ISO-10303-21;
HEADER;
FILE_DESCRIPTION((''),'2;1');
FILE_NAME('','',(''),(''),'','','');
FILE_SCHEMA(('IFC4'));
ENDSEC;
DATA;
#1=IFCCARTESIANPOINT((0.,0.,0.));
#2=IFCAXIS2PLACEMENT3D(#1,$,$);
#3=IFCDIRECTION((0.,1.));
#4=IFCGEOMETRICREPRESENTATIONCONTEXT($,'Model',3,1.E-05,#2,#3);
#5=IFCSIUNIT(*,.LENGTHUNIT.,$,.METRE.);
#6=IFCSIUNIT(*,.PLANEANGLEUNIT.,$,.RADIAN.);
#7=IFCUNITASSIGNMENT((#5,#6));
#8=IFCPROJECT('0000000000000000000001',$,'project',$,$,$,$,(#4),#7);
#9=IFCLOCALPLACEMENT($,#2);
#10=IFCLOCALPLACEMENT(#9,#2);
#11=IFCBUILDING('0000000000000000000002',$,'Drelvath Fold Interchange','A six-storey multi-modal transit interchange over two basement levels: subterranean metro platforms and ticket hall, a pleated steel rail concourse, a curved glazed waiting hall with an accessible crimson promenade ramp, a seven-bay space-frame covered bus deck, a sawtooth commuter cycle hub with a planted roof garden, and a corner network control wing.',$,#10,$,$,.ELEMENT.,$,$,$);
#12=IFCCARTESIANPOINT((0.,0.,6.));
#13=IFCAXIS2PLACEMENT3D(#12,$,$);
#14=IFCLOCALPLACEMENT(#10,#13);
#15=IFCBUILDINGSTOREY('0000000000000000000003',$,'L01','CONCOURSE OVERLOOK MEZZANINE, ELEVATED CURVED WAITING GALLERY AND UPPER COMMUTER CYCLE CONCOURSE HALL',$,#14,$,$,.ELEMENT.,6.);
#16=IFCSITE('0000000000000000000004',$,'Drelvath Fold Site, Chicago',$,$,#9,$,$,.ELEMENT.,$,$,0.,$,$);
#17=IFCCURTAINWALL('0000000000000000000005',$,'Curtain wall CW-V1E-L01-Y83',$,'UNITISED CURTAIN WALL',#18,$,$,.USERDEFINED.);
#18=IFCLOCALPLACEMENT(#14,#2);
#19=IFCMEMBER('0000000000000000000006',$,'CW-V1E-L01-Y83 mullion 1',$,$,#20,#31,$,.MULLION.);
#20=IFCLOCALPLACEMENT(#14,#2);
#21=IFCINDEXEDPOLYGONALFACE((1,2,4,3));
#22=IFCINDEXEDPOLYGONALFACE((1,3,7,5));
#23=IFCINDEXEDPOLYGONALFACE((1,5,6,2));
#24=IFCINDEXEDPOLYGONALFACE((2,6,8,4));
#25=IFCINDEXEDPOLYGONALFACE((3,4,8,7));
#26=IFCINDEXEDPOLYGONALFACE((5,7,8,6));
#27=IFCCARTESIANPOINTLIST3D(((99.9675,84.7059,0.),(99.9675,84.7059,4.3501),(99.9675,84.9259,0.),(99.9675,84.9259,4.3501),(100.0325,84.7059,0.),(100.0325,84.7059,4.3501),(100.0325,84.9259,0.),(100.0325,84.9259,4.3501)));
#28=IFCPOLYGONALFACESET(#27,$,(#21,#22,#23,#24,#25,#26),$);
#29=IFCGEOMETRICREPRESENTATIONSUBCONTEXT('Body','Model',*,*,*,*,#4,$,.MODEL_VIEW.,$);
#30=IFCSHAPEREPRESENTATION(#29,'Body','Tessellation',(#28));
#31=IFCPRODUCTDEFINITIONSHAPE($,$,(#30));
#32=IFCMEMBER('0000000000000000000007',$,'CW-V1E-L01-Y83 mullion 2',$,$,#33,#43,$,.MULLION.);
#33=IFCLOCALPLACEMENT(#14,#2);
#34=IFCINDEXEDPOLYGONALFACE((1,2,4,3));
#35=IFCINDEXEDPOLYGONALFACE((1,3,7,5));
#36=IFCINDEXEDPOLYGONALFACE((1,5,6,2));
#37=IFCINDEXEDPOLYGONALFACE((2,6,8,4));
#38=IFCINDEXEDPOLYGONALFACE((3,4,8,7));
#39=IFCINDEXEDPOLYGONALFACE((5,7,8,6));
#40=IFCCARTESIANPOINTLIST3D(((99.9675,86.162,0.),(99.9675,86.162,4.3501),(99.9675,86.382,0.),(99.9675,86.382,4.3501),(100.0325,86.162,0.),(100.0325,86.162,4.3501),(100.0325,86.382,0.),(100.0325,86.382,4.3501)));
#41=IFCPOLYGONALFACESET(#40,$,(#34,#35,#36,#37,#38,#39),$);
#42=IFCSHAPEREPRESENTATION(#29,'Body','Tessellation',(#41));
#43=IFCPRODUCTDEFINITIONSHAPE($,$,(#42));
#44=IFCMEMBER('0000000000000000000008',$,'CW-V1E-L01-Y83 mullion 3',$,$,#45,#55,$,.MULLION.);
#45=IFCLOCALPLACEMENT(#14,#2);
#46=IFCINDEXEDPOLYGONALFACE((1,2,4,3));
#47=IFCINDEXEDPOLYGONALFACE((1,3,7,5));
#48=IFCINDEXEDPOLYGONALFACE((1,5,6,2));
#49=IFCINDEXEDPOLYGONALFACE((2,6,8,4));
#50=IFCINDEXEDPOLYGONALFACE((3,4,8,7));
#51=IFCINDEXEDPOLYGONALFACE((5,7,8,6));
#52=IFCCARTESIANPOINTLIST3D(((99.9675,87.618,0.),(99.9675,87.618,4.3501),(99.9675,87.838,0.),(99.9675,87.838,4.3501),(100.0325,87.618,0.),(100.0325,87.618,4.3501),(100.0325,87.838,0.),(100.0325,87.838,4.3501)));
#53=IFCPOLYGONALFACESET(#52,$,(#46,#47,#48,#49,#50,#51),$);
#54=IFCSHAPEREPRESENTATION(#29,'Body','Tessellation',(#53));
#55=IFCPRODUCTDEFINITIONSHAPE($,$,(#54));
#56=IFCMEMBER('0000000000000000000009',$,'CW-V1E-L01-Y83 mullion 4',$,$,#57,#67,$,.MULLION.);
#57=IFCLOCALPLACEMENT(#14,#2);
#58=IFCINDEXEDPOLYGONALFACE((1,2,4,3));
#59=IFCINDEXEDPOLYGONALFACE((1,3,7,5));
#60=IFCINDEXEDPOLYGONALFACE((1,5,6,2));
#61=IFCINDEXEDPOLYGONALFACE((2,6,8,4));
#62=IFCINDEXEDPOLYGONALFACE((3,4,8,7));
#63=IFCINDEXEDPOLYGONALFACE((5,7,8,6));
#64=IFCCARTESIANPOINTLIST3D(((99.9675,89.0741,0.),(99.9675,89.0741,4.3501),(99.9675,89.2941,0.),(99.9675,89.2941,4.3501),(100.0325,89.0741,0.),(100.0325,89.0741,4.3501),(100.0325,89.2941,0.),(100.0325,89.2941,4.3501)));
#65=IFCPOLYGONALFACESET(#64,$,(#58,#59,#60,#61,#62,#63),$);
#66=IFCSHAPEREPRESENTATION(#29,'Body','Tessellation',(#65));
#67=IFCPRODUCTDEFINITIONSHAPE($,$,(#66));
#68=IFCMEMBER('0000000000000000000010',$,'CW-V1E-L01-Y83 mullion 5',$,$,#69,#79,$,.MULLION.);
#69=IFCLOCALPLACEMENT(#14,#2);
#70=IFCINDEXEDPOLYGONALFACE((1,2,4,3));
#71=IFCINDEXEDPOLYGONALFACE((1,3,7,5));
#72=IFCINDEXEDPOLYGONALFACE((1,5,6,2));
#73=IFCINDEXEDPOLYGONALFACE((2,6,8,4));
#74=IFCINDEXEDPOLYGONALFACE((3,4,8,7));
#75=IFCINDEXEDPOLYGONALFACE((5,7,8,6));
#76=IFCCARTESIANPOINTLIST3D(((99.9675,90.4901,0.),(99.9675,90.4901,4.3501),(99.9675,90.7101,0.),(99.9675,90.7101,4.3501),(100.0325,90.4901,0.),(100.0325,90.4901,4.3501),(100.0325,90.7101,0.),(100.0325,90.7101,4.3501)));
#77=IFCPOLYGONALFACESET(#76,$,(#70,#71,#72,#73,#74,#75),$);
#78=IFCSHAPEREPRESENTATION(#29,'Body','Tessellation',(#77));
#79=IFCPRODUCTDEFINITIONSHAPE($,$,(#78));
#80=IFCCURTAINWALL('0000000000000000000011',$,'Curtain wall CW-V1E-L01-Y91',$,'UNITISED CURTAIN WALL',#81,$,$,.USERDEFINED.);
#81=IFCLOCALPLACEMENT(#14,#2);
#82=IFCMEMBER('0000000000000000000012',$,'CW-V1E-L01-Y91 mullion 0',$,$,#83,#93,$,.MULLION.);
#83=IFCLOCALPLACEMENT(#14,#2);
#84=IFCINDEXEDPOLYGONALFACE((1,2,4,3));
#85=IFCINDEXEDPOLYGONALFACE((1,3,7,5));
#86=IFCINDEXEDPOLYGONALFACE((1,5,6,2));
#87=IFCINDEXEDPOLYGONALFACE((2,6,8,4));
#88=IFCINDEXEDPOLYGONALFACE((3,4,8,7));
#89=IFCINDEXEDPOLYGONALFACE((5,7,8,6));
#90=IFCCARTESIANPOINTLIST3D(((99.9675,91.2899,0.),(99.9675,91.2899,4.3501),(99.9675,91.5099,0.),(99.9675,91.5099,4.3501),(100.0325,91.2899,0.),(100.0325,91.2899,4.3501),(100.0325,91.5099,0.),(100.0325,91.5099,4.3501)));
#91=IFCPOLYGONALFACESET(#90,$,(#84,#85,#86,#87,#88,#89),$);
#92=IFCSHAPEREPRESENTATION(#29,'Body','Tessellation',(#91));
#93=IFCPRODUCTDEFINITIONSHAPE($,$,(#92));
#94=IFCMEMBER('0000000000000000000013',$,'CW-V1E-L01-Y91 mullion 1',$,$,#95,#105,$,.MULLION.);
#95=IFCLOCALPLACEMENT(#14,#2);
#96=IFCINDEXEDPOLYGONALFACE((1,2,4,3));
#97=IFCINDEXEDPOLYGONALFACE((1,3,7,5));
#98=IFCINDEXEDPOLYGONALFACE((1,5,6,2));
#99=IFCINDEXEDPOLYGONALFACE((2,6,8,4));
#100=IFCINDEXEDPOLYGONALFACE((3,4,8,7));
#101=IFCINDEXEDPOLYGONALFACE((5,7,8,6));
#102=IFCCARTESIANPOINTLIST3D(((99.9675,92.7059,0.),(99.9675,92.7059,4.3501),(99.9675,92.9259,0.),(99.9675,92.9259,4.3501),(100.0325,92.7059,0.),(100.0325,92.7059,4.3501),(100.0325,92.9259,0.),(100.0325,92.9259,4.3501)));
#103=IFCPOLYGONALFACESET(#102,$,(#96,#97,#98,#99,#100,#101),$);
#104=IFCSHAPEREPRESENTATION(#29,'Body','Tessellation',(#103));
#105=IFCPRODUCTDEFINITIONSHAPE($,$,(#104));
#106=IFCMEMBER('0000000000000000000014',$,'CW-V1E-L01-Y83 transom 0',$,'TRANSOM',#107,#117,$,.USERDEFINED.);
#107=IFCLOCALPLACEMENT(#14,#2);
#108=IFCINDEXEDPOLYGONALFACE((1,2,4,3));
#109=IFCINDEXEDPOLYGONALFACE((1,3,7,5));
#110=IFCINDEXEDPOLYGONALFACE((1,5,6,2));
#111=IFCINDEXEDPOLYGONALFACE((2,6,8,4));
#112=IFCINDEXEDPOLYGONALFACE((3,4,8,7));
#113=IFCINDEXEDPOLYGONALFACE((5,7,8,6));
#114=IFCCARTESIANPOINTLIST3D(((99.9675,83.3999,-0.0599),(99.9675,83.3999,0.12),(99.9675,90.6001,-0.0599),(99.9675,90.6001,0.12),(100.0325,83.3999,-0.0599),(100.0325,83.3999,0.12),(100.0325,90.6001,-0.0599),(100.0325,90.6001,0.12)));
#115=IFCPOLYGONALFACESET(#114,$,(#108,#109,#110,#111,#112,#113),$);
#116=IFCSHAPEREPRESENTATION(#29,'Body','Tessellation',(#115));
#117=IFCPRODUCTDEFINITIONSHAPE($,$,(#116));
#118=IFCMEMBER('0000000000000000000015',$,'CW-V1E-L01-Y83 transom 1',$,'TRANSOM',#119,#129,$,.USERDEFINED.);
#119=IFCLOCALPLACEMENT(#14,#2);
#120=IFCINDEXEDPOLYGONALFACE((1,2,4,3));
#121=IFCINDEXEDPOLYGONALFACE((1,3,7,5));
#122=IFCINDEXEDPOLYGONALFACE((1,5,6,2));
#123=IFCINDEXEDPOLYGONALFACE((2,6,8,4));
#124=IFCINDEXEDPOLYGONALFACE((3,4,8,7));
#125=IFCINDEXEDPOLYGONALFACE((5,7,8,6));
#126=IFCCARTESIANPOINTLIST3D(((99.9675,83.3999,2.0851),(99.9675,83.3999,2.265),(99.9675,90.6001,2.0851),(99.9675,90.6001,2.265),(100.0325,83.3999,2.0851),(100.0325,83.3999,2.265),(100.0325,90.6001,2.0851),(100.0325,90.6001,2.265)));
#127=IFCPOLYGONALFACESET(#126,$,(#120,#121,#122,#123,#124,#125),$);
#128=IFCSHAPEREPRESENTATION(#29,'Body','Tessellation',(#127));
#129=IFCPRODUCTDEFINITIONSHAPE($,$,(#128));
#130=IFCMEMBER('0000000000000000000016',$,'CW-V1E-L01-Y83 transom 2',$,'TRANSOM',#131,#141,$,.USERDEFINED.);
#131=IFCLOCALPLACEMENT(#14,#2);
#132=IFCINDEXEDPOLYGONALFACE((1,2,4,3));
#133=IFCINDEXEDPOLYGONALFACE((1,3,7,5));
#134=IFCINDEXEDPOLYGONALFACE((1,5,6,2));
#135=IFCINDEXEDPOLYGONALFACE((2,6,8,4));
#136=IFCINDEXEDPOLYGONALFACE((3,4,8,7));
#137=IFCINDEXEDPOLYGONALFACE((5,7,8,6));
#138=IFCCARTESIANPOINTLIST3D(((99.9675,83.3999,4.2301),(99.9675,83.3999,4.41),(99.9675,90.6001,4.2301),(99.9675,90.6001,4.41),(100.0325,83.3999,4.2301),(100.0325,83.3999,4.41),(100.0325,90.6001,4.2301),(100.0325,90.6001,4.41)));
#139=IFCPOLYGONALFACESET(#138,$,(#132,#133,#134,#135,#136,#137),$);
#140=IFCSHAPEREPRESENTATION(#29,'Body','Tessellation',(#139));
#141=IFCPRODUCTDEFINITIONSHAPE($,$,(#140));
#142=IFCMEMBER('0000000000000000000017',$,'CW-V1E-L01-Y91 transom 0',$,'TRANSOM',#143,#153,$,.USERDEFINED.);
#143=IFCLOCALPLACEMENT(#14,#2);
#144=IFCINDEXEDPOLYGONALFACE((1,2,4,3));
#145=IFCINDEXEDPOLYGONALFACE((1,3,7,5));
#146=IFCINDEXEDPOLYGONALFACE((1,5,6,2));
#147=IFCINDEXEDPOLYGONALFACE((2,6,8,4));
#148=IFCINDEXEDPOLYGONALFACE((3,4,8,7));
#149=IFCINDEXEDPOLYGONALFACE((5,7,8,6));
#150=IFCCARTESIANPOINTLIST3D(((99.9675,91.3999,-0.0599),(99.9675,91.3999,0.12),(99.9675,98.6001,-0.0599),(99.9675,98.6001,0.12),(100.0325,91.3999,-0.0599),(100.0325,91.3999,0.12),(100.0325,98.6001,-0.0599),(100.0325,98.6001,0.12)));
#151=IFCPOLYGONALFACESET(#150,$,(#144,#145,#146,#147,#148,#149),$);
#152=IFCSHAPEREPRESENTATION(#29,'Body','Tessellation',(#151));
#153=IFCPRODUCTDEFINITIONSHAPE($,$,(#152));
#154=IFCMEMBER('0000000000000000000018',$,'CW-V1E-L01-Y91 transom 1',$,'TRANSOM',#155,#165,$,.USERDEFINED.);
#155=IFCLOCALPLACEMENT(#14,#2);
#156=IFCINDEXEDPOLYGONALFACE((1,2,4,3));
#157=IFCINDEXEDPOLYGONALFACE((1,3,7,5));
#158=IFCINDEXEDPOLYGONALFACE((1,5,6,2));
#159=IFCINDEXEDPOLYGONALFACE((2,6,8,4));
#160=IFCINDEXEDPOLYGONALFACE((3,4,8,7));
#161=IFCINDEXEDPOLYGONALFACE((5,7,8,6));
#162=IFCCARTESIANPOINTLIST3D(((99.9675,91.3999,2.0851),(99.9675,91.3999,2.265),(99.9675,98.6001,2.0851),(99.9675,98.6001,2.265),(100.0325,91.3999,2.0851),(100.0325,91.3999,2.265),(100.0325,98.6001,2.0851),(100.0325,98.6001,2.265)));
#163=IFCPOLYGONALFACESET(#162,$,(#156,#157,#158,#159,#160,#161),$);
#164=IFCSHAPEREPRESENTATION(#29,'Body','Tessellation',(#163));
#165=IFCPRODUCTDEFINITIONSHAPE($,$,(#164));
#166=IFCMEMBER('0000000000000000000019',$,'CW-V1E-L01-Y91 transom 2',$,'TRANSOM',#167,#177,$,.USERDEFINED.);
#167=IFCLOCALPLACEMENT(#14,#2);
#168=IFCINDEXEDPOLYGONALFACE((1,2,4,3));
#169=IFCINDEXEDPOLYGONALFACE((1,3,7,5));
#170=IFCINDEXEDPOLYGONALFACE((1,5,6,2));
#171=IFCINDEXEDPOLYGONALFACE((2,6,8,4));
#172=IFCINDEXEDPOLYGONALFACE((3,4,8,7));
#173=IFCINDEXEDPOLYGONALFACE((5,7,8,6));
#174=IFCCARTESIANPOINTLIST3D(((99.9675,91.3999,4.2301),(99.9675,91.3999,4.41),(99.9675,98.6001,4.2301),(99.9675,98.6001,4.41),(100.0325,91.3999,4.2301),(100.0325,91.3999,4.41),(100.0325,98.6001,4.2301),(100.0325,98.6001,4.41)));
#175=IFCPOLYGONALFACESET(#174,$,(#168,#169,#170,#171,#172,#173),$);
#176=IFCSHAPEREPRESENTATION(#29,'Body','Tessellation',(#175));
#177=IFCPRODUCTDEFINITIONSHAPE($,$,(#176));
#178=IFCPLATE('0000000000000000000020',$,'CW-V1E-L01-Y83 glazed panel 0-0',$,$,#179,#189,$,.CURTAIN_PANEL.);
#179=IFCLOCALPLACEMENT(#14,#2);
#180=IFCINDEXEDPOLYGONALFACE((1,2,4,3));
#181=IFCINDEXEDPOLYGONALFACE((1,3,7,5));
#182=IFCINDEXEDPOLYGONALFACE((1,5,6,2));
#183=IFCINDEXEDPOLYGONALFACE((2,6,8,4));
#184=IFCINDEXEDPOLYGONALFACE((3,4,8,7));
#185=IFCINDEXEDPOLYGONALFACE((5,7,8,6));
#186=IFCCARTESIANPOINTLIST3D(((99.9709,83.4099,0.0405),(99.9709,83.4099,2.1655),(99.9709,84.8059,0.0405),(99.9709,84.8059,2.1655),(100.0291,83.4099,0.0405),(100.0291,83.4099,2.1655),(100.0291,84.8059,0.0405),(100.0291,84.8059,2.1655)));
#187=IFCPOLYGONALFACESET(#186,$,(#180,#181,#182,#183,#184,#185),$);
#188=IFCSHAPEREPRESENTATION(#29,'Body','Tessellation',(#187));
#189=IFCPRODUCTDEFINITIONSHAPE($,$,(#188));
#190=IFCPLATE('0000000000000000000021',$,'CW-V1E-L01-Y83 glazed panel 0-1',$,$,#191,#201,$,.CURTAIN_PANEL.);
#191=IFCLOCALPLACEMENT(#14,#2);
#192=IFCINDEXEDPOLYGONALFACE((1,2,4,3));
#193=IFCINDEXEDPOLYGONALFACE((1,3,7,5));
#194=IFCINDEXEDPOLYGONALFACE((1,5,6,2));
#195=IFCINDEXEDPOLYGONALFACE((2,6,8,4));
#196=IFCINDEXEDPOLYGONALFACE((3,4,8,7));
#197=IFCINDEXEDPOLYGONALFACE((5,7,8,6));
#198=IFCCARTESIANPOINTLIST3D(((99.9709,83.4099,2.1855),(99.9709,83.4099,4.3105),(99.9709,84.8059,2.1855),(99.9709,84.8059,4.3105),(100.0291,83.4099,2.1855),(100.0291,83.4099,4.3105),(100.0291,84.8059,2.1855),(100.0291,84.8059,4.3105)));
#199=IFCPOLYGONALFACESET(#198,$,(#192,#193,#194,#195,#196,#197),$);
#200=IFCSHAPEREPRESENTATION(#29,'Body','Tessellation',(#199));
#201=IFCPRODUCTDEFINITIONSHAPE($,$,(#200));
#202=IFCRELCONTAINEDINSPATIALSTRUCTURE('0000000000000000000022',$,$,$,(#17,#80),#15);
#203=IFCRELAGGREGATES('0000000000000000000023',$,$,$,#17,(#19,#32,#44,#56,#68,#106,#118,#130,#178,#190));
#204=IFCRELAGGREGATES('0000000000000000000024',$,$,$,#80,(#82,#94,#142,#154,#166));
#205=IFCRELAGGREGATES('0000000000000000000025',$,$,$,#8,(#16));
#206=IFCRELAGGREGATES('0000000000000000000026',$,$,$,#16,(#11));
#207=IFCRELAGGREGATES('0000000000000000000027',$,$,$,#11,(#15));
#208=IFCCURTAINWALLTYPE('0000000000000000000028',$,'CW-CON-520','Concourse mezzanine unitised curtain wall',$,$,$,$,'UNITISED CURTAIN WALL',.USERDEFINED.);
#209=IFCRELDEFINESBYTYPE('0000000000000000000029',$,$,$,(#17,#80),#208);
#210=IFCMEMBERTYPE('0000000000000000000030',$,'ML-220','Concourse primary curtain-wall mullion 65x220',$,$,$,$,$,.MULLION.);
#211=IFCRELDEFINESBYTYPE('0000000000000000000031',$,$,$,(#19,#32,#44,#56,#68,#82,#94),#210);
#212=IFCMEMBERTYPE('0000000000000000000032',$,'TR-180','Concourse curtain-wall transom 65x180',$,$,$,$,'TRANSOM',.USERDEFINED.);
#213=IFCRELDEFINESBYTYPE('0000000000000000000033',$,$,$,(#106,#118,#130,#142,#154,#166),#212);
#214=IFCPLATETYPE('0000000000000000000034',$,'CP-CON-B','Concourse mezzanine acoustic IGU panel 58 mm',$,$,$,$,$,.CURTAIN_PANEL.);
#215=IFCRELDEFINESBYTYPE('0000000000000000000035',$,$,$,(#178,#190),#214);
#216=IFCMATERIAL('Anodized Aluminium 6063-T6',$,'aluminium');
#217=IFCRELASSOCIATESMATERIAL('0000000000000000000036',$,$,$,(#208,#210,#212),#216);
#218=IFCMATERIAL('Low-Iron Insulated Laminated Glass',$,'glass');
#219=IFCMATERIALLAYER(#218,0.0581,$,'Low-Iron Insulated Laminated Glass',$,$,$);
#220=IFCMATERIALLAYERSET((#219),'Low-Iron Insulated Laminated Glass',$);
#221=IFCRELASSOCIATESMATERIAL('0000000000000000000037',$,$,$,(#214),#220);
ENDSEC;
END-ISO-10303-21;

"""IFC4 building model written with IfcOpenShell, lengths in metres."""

from ifc_helpers import new_model, si_unit, direction, frame, origin, origin_2d, place, context, subcontext, project, spatial, rectangle, extrude, material, layer, layer_set, material_profile, profile_set, type_object, element, aggregate, save


model = new_model("IFC4")

# Units and contexts
model_context = context("Model", 3, precision=1e-05, world=origin(), true_north=direction((0.0, 1.0)))
body_context = subcontext(model_context, "Body", "Model", "MODEL_VIEW")
ifc_project = project(units=[si_unit("LENGTHUNIT", "METRE"), si_unit("PLANEANGLEUNIT", "RADIAN")], contexts=[model_context])

# Site, building, storey
site_placement = place(None, origin())
site = spatial("IfcSite", under=ifc_project, at=site_placement, Name="Drelvath Fold Site, Chicago", CompositionType="ELEMENT", RefElevation=0.0)
building_placement = place(site_placement, origin())
building = spatial("IfcBuilding", under=site, at=building_placement, Name="Drelvath Fold Interchange", Description="A six-storey multi-modal transit interchange over two basement levels: subterranean metro platforms and ticket hall, a pleated steel rail concourse, a curved glazed waiting hall with an accessible crimson promenade ramp, a seven-bay space-frame covered bus deck, a sawtooth commuter cycle hub with a planted roof garden, and a corner network control wing.", CompositionType="ELEMENT")
storey_placement = place(building_placement, frame((0.0, 0.0, 6.0)))
storey = spatial("IfcBuildingStorey", under=building, at=storey_placement, Name="L01", Description="CONCOURSE OVERLOOK MEZZANINE, ELEVATED CURVED WAITING GALLERY AND UPPER COMMUTER CYCLE CONCOURSE HALL", CompositionType="ELEMENT", Elevation=6.0)

# Curtain walls, members
ifc_material_1 = material(Name="Anodized Aluminium 6063-T6", Category="aluminium")
curtain_wall_type = type_object("IfcCurtainWallType", Name="CW-CON-520", Description="Concourse mezzanine unitised curtain wall", ElementType="UNITISED CURTAIN WALL", PredefinedType="USERDEFINED", material=ifc_material_1)
curtain_wall_1_placement = place(storey_placement, origin())
curtain_wall_1 = element("IfcCurtainWall", 1, at=curtain_wall_1_placement, inside=storey, type_object=curtain_wall_type, Name="Curtain wall CW-V1E-L01-Y83", ObjectType="UNITISED CURTAIN WALL", PredefinedType="USERDEFINED")
ifc_material_profile_1 = material_profile(ifc_material_1, rectangle(XDim=0.0649, YDim=0.22, at=origin_2d()), Name="AL-M 65x220")
ifc_profile_set_1 = profile_set([ifc_material_profile_1], Name="Anodized Aluminium 6063-T6")
member_type_1 = type_object("IfcMemberType", Name="ML-220", Description="Concourse primary curtain-wall mullion 65x220", PredefinedType="MULLION", material=ifc_profile_set_1)
member_1_placement = place(storey_placement, frame((100.0, 84.8159, 0.0), z_axis=(0.0, 0.0, 1.0), x_axis=(1.0, 0.0, 0.0)))
member_1 = element("IfcMember", 2, at=member_1_placement, type_object=member_type_1, Name="CW-V1E-L01-Y83 mullion 1", PredefinedType="MULLION", context=body_context, shape_type="SweptSolid", body=[
    extrude(rectangle(XDim=0.0649, YDim=0.22, at=origin_2d()), origin(), (0.0, 0.0, 1.0), 4.3501),
])
member_2_placement = place(storey_placement, frame((100.0, 86.272, 0.0), z_axis=(0.0, 0.0, 1.0), x_axis=(1.0, 0.0, 0.0)))
member_2 = element("IfcMember", 3, at=member_2_placement, type_object=member_type_1, Name="CW-V1E-L01-Y83 mullion 2", PredefinedType="MULLION", context=body_context, shape_type="SweptSolid", body=[
    extrude(rectangle(XDim=0.0649, YDim=0.22, at=origin_2d()), origin(), (0.0, 0.0, 1.0), 4.3501),
])
member_3_placement = place(storey_placement, frame((100.0, 87.728, 0.0), z_axis=(0.0, 0.0, 1.0), x_axis=(1.0, 0.0, 0.0)))
member_3 = element("IfcMember", 4, at=member_3_placement, type_object=member_type_1, Name="CW-V1E-L01-Y83 mullion 3", PredefinedType="MULLION", context=body_context, shape_type="SweptSolid", body=[
    extrude(rectangle(XDim=0.0649, YDim=0.22, at=origin_2d()), origin(), (0.0, 0.0, 1.0), 4.3501),
])
member_4_placement = place(storey_placement, frame((100.0, 89.1841, 0.0), z_axis=(0.0, 0.0, 1.0), x_axis=(1.0, 0.0, 0.0)))
member_4 = element("IfcMember", 5, at=member_4_placement, type_object=member_type_1, Name="CW-V1E-L01-Y83 mullion 4", PredefinedType="MULLION", context=body_context, shape_type="SweptSolid", body=[
    extrude(rectangle(XDim=0.0649, YDim=0.22, at=origin_2d()), origin(), (0.0, 0.0, 1.0), 4.3501),
])
member_5_placement = place(storey_placement, frame((100.0, 90.6001, 0.0), z_axis=(0.0, 0.0, 1.0), x_axis=(1.0, 0.0, 0.0)))
member_5 = element("IfcMember", 6, at=member_5_placement, type_object=member_type_1, Name="CW-V1E-L01-Y83 mullion 5", PredefinedType="MULLION", context=body_context, shape_type="SweptSolid", body=[
    extrude(rectangle(XDim=0.0649, YDim=0.22, at=origin_2d()), origin(), (0.0, 0.0, 1.0), 4.3501),
])
curtain_wall_2_placement = place(storey_placement, origin())
curtain_wall_2 = element("IfcCurtainWall", 7, at=curtain_wall_2_placement, inside=storey, type_object=curtain_wall_type, Name="Curtain wall CW-V1E-L01-Y91", ObjectType="UNITISED CURTAIN WALL", PredefinedType="USERDEFINED")
member_6_placement = place(storey_placement, frame((100.0, 91.3999, 0.0), z_axis=(0.0, 0.0, 1.0), x_axis=(1.0, 0.0, 0.0)))
member_6 = element("IfcMember", 8, at=member_6_placement, type_object=member_type_1, Name="CW-V1E-L01-Y91 mullion 0", PredefinedType="MULLION", context=body_context, shape_type="SweptSolid", body=[
    extrude(rectangle(XDim=0.0649, YDim=0.22, at=origin_2d()), origin(), (0.0, 0.0, 1.0), 4.3501),
])
member_7_placement = place(storey_placement, frame((100.0, 92.8159, 0.0), z_axis=(0.0, 0.0, 1.0), x_axis=(1.0, 0.0, 0.0)))
member_7 = element("IfcMember", 9, at=member_7_placement, type_object=member_type_1, Name="CW-V1E-L01-Y91 mullion 1", PredefinedType="MULLION", context=body_context, shape_type="SweptSolid", body=[
    extrude(rectangle(XDim=0.0649, YDim=0.22, at=origin_2d()), origin(), (0.0, 0.0, 1.0), 4.3501),
])

# Members
ifc_material_profile_2 = material_profile(ifc_material_1, rectangle(XDim=0.0649, YDim=0.1799, at=origin_2d()), Name="AL-T 65x180")
ifc_profile_set_2 = profile_set([ifc_material_profile_2], Name="Anodized Aluminium 6063-T6")
member_type_2 = type_object("IfcMemberType", Name="TR-180", Description="Concourse curtain-wall transom 65x180", ElementType="TRANSOM", PredefinedType="USERDEFINED", material=ifc_profile_set_2)
member_8_placement = place(storey_placement, frame((100.0, 83.3999, 0.03), z_axis=(0.0, 1.0, 0.0), x_axis=(-1.0, 0.0, 0.0)))
member_8 = element("IfcMember", 10, at=member_8_placement, type_object=member_type_2, Name="CW-V1E-L01-Y83 transom 0", ObjectType="TRANSOM", PredefinedType="USERDEFINED", context=body_context, shape_type="SweptSolid", body=[
    extrude(rectangle(XDim=0.0649, YDim=0.1799, at=origin_2d()), origin(), (0.0, 0.0, 1.0), 7.2002),
])
member_9_placement = place(storey_placement, frame((100.0, 83.3999, 2.175), z_axis=(0.0, 1.0, 0.0), x_axis=(-1.0, 0.0, 0.0)))
member_9 = element("IfcMember", 11, at=member_9_placement, type_object=member_type_2, Name="CW-V1E-L01-Y83 transom 1", ObjectType="TRANSOM", PredefinedType="USERDEFINED", context=body_context, shape_type="SweptSolid", body=[
    extrude(rectangle(XDim=0.0649, YDim=0.1799, at=origin_2d()), origin(), (0.0, 0.0, 1.0), 7.2002),
])
member_10_placement = place(storey_placement, frame((100.0, 83.3999, 4.3201), z_axis=(0.0, 1.0, 0.0), x_axis=(-1.0, 0.0, 0.0)))
member_10 = element("IfcMember", 12, at=member_10_placement, type_object=member_type_2, Name="CW-V1E-L01-Y83 transom 2", ObjectType="TRANSOM", PredefinedType="USERDEFINED", context=body_context, shape_type="SweptSolid", body=[
    extrude(rectangle(XDim=0.0649, YDim=0.1799, at=origin_2d()), origin(), (0.0, 0.0, 1.0), 7.2002),
])
member_11_placement = place(storey_placement, frame((100.0, 91.3999, 0.03), z_axis=(0.0, 1.0, 0.0), x_axis=(-1.0, 0.0, 0.0)))
member_11 = element("IfcMember", 13, at=member_11_placement, type_object=member_type_2, Name="CW-V1E-L01-Y91 transom 0", ObjectType="TRANSOM", PredefinedType="USERDEFINED", context=body_context, shape_type="SweptSolid", body=[
    extrude(rectangle(XDim=0.0649, YDim=0.1799, at=origin_2d()), origin(), (0.0, 0.0, 1.0), 7.2002),
])
member_12_placement = place(storey_placement, frame((100.0, 91.3999, 2.175), z_axis=(0.0, 1.0, 0.0), x_axis=(-1.0, 0.0, 0.0)))
member_12 = element("IfcMember", 14, at=member_12_placement, type_object=member_type_2, Name="CW-V1E-L01-Y91 transom 1", ObjectType="TRANSOM", PredefinedType="USERDEFINED", context=body_context, shape_type="SweptSolid", body=[
    extrude(rectangle(XDim=0.0649, YDim=0.1799, at=origin_2d()), origin(), (0.0, 0.0, 1.0), 7.2002),
])
member_13_placement = place(storey_placement, frame((100.0, 91.3999, 4.3201), z_axis=(0.0, 1.0, 0.0), x_axis=(-1.0, 0.0, 0.0)))
member_13 = element("IfcMember", 15, at=member_13_placement, type_object=member_type_2, Name="CW-V1E-L01-Y91 transom 2", ObjectType="TRANSOM", PredefinedType="USERDEFINED", context=body_context, shape_type="SweptSolid", body=[
    extrude(rectangle(XDim=0.0649, YDim=0.1799, at=origin_2d()), origin(), (0.0, 0.0, 1.0), 7.2002),
])

# Plates
ifc_material_2 = material(Name="Low-Iron Insulated Laminated Glass", Category="glass")
ifc_layer = layer(ifc_material_2, 0.0581, Name="Low-Iron Insulated Laminated Glass")
ifc_layer_set = layer_set([ifc_layer], Name="Low-Iron Insulated Laminated Glass")
plate_type = type_object("IfcPlateType", Name="CP-CON-B", Description="Concourse mezzanine acoustic IGU panel 58 mm", PredefinedType="CURTAIN_PANEL", material=ifc_layer_set)
plate_1_placement = place(storey_placement, frame((100.0, 84.1079, 0.0405), z_axis=(0.0, 0.0, 1.0), x_axis=(0.0, 1.0, 0.0)))
plate_1 = element("IfcPlate", 16, at=plate_1_placement, type_object=plate_type, Name="CW-V1E-L01-Y83 glazed panel 0-0", PredefinedType="CURTAIN_PANEL", context=body_context, shape_type="SweptSolid", body=[
    extrude(rectangle(XDim=1.396, YDim=0.0581, at=origin_2d()), origin(), (0.0, 0.0, 1.0), 2.125),
])
plate_2_placement = place(storey_placement, frame((100.0, 84.1079, 2.1855), z_axis=(0.0, 0.0, 1.0), x_axis=(0.0, 1.0, 0.0)))
plate_2 = element("IfcPlate", 17, at=plate_2_placement, type_object=plate_type, Name="CW-V1E-L01-Y83 glazed panel 0-1", PredefinedType="CURTAIN_PANEL", context=body_context, shape_type="SweptSolid", body=[
    extrude(rectangle(XDim=1.396, YDim=0.0581, at=origin_2d()), origin(), (0.0, 0.0, 1.0), 2.125),
])
aggregate(curtain_wall_1, [member_1, member_2, member_3, member_4, member_5, member_8, member_9, member_10, plate_1, plate_2])
aggregate(curtain_wall_2, [member_6, member_7, member_11, member_12, member_13])

save(model, "model.ifc")
